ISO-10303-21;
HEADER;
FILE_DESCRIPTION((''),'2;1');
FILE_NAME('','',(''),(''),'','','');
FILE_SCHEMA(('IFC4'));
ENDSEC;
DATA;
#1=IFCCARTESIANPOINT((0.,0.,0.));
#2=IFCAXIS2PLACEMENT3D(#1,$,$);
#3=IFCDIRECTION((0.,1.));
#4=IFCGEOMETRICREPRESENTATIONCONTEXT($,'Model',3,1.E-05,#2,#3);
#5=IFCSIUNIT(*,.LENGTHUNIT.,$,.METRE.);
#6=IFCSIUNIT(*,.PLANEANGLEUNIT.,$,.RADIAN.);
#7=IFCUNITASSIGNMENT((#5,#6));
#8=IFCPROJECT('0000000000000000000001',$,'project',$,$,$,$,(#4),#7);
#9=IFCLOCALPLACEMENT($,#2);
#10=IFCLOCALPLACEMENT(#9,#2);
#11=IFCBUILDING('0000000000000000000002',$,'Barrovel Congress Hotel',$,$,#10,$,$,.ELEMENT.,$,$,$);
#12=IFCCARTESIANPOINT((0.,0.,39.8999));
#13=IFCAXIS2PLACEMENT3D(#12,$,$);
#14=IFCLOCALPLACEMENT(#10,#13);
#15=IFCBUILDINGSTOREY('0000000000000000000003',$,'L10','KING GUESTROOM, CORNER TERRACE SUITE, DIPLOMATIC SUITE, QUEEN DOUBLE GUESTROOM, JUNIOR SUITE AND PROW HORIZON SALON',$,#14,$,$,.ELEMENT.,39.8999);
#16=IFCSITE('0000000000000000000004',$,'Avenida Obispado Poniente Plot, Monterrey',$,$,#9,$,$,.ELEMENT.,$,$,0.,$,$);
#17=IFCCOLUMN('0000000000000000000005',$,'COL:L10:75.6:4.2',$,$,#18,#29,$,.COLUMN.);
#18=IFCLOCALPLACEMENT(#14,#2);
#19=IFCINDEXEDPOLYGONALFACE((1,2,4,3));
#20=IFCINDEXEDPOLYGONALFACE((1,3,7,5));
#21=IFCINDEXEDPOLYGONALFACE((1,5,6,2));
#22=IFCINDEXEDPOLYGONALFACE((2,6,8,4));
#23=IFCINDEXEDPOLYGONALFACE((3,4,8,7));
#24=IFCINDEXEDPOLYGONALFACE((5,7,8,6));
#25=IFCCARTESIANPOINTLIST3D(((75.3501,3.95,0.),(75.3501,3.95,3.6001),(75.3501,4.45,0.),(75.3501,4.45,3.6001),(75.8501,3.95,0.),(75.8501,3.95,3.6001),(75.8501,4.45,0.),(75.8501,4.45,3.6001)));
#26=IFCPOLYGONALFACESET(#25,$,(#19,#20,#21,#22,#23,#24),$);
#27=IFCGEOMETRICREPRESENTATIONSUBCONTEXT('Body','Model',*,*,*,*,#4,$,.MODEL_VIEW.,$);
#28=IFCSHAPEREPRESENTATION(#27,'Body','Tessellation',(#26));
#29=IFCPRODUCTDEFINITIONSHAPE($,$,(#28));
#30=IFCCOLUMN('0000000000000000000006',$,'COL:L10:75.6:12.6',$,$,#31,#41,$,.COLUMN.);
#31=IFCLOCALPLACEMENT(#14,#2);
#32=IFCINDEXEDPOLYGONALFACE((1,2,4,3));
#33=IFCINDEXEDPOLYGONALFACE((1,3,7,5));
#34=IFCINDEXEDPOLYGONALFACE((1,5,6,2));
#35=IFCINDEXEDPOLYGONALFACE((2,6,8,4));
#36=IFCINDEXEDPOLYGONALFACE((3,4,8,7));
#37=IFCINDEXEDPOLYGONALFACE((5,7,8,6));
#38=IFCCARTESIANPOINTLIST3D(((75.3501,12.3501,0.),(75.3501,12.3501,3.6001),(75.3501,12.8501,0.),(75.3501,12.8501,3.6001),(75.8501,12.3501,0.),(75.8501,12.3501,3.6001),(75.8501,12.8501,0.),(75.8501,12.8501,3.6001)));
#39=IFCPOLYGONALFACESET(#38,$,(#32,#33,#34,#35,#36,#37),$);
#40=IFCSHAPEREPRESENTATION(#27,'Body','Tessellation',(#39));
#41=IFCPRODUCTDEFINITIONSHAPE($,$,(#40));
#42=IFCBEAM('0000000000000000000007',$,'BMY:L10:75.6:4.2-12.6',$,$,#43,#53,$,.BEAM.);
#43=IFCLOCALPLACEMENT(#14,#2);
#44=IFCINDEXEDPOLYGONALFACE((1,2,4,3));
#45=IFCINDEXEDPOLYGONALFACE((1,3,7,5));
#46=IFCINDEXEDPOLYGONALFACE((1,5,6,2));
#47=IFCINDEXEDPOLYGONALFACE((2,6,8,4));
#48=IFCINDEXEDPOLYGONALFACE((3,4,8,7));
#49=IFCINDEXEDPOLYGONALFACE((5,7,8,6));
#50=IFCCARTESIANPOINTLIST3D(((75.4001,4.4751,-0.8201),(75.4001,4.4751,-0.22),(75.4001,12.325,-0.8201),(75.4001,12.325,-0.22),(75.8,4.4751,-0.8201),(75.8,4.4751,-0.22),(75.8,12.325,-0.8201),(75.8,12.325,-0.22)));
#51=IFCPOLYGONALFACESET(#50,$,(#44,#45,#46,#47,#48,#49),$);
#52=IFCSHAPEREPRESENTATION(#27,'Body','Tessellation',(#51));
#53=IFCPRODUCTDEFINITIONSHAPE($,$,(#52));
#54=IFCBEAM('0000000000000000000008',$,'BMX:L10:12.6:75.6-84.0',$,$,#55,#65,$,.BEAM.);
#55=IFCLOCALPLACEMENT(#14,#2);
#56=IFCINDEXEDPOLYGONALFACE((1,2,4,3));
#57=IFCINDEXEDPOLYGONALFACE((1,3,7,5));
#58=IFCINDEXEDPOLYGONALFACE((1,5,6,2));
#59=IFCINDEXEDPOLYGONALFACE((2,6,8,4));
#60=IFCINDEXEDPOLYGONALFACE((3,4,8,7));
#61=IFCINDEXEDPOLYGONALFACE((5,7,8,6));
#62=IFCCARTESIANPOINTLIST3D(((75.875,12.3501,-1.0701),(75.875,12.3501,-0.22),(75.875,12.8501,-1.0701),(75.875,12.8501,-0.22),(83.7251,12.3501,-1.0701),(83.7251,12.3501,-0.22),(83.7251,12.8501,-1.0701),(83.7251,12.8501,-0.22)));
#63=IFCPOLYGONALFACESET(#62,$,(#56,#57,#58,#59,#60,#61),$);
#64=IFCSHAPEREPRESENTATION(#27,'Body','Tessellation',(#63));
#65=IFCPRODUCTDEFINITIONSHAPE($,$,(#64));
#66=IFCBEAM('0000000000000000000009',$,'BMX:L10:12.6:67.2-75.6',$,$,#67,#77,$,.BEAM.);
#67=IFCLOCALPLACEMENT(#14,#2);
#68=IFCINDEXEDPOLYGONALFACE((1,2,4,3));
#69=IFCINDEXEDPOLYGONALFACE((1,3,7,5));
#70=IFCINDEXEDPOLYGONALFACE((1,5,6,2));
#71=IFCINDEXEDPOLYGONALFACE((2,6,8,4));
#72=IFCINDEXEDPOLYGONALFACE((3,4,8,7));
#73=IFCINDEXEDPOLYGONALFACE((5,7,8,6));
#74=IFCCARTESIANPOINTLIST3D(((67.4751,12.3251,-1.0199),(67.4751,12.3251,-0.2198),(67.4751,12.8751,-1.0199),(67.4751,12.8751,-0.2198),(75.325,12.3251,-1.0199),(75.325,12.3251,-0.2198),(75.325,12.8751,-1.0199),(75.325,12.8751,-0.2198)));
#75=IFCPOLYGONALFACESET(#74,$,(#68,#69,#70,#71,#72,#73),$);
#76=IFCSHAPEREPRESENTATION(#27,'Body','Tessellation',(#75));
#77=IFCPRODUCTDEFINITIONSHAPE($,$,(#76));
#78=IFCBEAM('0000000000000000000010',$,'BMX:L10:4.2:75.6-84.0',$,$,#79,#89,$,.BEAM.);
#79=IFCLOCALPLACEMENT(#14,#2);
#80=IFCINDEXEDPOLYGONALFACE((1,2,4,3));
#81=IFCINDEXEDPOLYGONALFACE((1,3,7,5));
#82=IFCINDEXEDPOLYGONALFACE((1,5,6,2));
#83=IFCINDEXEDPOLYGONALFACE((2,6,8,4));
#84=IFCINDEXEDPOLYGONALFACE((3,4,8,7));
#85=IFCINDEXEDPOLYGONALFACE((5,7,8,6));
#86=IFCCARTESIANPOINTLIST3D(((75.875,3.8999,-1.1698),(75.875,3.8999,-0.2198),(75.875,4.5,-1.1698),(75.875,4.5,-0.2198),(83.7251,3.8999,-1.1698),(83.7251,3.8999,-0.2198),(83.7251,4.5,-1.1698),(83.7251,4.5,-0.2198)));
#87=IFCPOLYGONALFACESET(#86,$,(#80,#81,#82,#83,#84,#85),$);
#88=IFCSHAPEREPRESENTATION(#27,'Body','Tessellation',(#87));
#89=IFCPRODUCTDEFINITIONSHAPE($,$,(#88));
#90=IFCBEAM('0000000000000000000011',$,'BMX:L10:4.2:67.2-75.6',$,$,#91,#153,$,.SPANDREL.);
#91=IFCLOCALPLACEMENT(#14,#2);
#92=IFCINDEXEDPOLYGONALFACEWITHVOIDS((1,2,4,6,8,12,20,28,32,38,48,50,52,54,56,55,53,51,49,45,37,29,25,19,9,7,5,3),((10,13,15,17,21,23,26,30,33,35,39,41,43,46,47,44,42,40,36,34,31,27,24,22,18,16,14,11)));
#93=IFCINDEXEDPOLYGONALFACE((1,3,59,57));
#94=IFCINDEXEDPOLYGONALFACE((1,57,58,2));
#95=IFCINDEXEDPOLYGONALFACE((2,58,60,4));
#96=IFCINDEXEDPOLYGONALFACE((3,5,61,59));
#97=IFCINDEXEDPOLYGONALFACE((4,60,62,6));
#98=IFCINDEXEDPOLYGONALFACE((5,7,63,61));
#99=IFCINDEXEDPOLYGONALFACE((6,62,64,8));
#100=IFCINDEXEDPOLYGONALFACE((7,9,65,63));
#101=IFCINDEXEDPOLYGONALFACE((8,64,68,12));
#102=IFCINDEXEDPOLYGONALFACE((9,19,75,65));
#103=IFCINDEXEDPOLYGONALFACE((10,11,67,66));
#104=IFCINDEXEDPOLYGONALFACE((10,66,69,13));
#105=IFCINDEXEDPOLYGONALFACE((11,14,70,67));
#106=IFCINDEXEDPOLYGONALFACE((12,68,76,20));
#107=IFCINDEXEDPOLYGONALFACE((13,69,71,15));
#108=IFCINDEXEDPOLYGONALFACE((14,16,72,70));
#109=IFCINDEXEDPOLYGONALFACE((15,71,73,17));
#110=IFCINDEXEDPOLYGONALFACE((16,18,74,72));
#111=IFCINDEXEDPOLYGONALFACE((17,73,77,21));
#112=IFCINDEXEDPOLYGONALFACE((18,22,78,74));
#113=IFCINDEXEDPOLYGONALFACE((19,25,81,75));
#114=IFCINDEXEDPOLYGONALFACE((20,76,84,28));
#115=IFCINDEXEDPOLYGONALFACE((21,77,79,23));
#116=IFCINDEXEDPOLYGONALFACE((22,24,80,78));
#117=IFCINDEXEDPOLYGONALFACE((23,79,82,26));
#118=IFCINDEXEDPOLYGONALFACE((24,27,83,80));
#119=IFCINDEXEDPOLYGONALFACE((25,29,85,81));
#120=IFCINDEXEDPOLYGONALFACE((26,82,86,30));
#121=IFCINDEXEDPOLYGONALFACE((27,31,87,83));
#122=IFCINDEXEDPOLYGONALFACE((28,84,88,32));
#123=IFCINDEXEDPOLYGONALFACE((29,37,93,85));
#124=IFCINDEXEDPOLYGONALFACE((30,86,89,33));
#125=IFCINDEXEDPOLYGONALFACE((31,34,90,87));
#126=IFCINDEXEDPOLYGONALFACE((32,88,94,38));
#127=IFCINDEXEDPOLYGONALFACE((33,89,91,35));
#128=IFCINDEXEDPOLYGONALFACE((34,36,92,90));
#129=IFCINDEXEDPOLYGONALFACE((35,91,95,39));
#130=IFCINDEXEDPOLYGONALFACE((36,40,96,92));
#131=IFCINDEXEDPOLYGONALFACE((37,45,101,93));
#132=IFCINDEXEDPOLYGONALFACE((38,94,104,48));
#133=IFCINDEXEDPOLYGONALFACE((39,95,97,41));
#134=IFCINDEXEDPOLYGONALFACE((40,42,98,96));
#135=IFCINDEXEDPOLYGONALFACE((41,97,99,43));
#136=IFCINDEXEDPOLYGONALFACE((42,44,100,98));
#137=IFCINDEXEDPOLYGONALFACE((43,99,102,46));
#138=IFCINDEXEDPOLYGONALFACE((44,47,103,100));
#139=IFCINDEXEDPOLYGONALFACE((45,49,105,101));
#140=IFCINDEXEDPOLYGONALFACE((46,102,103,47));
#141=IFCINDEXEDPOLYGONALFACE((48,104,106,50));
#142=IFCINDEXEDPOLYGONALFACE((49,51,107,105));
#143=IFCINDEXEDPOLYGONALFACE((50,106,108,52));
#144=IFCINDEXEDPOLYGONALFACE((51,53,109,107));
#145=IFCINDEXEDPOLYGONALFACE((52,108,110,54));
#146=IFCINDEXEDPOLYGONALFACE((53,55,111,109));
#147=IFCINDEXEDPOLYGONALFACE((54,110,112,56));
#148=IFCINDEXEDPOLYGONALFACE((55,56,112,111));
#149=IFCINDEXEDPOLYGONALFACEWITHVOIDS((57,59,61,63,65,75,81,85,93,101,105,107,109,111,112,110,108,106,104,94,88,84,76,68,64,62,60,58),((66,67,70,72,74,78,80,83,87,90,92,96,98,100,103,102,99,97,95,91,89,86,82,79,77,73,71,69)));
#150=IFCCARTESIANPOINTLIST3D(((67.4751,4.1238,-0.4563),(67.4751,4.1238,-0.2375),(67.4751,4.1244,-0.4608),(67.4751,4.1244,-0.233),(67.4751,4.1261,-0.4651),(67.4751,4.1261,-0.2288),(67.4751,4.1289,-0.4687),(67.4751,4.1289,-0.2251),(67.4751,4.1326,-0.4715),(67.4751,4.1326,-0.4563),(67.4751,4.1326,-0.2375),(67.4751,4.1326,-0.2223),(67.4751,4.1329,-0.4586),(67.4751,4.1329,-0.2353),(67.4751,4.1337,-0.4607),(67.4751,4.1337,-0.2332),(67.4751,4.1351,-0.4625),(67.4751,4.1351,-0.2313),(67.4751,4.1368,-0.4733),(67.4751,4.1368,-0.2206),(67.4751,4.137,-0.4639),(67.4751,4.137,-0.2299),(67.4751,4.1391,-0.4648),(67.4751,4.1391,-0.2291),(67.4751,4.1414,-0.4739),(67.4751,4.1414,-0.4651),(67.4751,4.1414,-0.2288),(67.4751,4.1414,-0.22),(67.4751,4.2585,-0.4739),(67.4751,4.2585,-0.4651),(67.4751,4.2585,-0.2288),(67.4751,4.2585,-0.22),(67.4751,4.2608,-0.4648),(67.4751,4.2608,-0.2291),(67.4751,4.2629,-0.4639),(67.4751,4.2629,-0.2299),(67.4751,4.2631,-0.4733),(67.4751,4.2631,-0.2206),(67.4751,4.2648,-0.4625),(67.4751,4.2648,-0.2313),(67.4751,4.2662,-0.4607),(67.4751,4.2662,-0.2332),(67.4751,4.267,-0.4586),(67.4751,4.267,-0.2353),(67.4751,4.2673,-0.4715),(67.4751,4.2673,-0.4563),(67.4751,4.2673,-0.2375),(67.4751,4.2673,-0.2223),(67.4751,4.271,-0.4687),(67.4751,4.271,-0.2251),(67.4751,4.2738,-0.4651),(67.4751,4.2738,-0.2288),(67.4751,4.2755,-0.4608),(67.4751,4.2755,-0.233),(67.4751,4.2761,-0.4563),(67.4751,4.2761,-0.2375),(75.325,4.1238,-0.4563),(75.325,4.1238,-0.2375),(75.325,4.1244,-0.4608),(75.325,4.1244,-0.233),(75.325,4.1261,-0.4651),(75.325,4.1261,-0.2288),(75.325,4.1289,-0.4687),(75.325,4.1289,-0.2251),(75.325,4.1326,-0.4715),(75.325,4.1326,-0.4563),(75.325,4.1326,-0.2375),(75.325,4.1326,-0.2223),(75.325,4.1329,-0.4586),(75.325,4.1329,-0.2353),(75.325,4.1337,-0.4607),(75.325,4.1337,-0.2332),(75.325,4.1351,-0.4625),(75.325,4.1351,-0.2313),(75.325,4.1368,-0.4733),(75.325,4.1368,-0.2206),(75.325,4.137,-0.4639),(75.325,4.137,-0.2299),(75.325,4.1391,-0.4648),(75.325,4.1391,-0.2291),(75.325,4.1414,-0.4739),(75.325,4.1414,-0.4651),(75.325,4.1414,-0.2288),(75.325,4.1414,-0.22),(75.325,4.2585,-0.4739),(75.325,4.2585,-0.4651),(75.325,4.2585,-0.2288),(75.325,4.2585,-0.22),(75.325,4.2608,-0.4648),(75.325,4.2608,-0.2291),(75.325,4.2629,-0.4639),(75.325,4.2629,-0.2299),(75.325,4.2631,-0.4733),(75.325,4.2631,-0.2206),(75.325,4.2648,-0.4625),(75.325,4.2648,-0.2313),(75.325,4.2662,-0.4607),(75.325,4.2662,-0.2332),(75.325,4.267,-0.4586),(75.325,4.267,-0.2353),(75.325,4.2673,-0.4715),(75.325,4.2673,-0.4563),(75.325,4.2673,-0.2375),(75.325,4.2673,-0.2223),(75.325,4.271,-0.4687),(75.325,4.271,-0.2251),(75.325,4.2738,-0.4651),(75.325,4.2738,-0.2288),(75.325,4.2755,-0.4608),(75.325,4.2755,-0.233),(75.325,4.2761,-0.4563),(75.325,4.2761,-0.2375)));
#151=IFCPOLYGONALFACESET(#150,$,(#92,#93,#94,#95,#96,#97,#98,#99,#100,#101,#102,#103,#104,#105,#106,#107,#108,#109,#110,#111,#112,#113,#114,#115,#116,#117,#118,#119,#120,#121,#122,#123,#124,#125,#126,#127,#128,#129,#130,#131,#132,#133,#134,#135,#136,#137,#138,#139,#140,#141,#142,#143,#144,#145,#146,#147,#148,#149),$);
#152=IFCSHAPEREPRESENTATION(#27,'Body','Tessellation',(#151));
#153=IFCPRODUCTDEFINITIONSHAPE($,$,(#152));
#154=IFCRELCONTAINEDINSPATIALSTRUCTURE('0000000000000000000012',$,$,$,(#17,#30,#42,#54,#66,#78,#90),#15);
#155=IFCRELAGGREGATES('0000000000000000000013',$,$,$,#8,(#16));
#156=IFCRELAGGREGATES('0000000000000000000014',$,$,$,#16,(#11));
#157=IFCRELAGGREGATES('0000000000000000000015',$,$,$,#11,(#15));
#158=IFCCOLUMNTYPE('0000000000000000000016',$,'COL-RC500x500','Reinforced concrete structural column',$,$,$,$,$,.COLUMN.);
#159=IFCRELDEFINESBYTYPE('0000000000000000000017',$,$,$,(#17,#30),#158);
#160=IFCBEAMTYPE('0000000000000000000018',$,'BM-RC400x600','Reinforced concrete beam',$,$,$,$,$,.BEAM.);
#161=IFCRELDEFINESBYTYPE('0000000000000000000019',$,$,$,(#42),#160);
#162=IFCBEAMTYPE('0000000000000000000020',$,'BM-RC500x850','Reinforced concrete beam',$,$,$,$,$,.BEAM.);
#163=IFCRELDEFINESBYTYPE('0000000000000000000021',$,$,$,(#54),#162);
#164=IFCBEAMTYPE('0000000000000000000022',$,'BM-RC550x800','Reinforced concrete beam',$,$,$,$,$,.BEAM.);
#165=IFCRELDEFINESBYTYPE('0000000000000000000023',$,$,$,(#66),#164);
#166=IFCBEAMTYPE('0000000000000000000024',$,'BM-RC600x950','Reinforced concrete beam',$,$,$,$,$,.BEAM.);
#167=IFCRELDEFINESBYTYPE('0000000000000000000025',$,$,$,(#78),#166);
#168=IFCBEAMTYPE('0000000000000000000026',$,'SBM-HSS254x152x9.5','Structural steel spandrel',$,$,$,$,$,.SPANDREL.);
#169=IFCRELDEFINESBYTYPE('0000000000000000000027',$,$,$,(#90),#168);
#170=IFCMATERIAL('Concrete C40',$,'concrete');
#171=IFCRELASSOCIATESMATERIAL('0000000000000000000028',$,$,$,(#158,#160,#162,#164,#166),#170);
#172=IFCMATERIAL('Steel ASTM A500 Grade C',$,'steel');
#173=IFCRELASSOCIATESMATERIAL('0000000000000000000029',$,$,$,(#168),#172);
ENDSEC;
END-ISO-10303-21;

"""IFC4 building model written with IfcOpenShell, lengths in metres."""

from ifc_helpers import new_model, si_unit, direction, frame, origin, origin_2d, place, context, subcontext, project, spatial, rectangle, hollow_rectangle, extrude, material, material_profile, profile_set, type_object, element, save


model = new_model("IFC4")

# Units and contexts
model_context = context("Model", 3, precision=1e-05, world=origin(), true_north=direction((0.0, 1.0)))
body_context = subcontext(model_context, "Body", "Model", "MODEL_VIEW")
ifc_project = project(units=[si_unit("LENGTHUNIT", "METRE"), si_unit("PLANEANGLEUNIT", "RADIAN")], contexts=[model_context])

# Site, building, storey
site_placement = place(None, origin())
site = spatial("IfcSite", under=ifc_project, at=site_placement, Name="Avenida Obispado Poniente Plot, Monterrey", CompositionType="ELEMENT", RefElevation=0.0)
building_placement = place(site_placement, origin())
building = spatial("IfcBuilding", under=site, at=building_placement, Name="Barrovel Congress Hotel", CompositionType="ELEMENT")
storey_placement = place(building_placement, frame((0.0, 0.0, 39.8999)))
storey = spatial("IfcBuildingStorey", under=building, at=storey_placement, Name="L10", Description="KING GUESTROOM, CORNER TERRACE SUITE, DIPLOMATIC SUITE, QUEEN DOUBLE GUESTROOM, JUNIOR SUITE AND PROW HORIZON SALON", CompositionType="ELEMENT", Elevation=39.8999)

# Columns
ifc_material_1 = material(Name="Concrete C40", Category="concrete")
ifc_material_profile_1 = material_profile(ifc_material_1, rectangle(XDim=0.5, YDim=0.5, at=origin_2d()), Name="RC500x500")
ifc_profile_set_1 = profile_set([ifc_material_profile_1], Name="Concrete C40")
column_type = type_object("IfcColumnType", Name="COL-RC500x500", Description="Reinforced concrete structural column", PredefinedType="COLUMN", material=ifc_profile_set_1)
for number, where, z_axis, x_axis, name in (
    (1, (75.6001, 4.2, 0.0), (0.0, 0.0, 1.0), (1.0, 0.0, 0.0), "COL:L10:75.6:4.2"),
    (2, (75.6001, 12.6001, 0.0), (0.0, 0.0, 1.0), (1.0, 0.0, 0.0), "COL:L10:75.6:12.6"),
):
    element("IfcColumn", number, at=place(storey_placement, frame(where, z_axis=z_axis, x_axis=x_axis)), inside=storey, type_object=column_type, Name=name, PredefinedType="COLUMN", context=body_context, shape_type="SweptSolid", body=[
        extrude(rectangle(XDim=0.5, YDim=0.5, at=origin_2d()), origin(), (0.0, 0.0, 1.0), 3.6001),
    ])

# Beams
ifc_material_profile_2 = material_profile(ifc_material_1, rectangle(XDim=0.3999, YDim=0.6001, at=origin_2d()), Name="RC400x600")
ifc_profile_set_2 = profile_set([ifc_material_profile_2], Name="Concrete C40")
beam_type_1 = type_object("IfcBeamType", Name="BM-RC400x600", Description="Reinforced concrete beam", PredefinedType="BEAM", material=ifc_profile_set_2)
beam_1_placement = place(storey_placement, frame((75.6001, 4.4751, -0.52), z_axis=(0.0, 1.0, 0.0), x_axis=(-1.0, 0.0, 0.0)))
element("IfcBeam", 3, at=beam_1_placement, inside=storey, type_object=beam_type_1, Name="BMY:L10:75.6:4.2-12.6", PredefinedType="BEAM", context=body_context, shape_type="SweptSolid", body=[
    extrude(rectangle(XDim=0.3999, YDim=0.6001, at=origin_2d()), origin(), (0.0, 0.0, 1.0), 7.8499),
])
ifc_material_profile_3 = material_profile(ifc_material_1, rectangle(XDim=0.5, YDim=0.8501, at=origin_2d()), Name="RC500x850")
ifc_profile_set_3 = profile_set([ifc_material_profile_3], Name="Concrete C40")
beam_type_2 = type_object("IfcBeamType", Name="BM-RC500x850", Description="Reinforced concrete beam", PredefinedType="BEAM", material=ifc_profile_set_3)
beam_2_placement = place(storey_placement, frame((75.875, 12.6001, -0.645), z_axis=(1.0, 0.0, 0.0), x_axis=(0.0, 1.0, 0.0)))
element("IfcBeam", 4, at=beam_2_placement, inside=storey, type_object=beam_type_2, Name="BMX:L10:12.6:75.6-84.0", PredefinedType="BEAM", context=body_context, shape_type="SweptSolid", body=[
    extrude(rectangle(XDim=0.5, YDim=0.8501, at=origin_2d()), origin(), (0.0, 0.0, 1.0), 7.8501),
])
ifc_material_profile_4 = material_profile(ifc_material_1, rectangle(XDim=0.55, YDim=0.8, at=origin_2d()), Name="RC550x800")
ifc_profile_set_4 = profile_set([ifc_material_profile_4], Name="Concrete C40")
beam_type_3 = type_object("IfcBeamType", Name="BM-RC550x800", Description="Reinforced concrete beam", PredefinedType="BEAM", material=ifc_profile_set_4)
beam_3_placement = place(storey_placement, frame((67.4751, 12.6001, -0.6199), z_axis=(1.0, 0.0, 0.0), x_axis=(0.0, 1.0, 0.0)))
element("IfcBeam", 5, at=beam_3_placement, inside=storey, type_object=beam_type_3, Name="BMX:L10:12.6:67.2-75.6", PredefinedType="BEAM", context=body_context, shape_type="SweptSolid", body=[
    extrude(rectangle(XDim=0.55, YDim=0.8, at=origin_2d()), origin(), (0.0, 0.0, 1.0), 7.8499),
])
ifc_material_profile_5 = material_profile(ifc_material_1, rectangle(XDim=0.6001, YDim=0.95, at=origin_2d()), Name="RC600x950")
ifc_profile_set_5 = profile_set([ifc_material_profile_5], Name="Concrete C40")
beam_type_4 = type_object("IfcBeamType", Name="BM-RC600x950", Description="Reinforced concrete beam", PredefinedType="BEAM", material=ifc_profile_set_5)
beam_4_placement = place(storey_placement, frame((75.875, 4.2, -0.6948), z_axis=(1.0, 0.0, 0.0), x_axis=(0.0, 1.0, 0.0)))
element("IfcBeam", 6, at=beam_4_placement, inside=storey, type_object=beam_type_4, Name="BMX:L10:4.2:75.6-84.0", PredefinedType="BEAM", context=body_context, shape_type="SweptSolid", body=[
    extrude(rectangle(XDim=0.6001, YDim=0.95, at=origin_2d()), origin(), (0.0, 0.0, 1.0), 7.8501),
])
ifc_material_2 = material(Name="Steel ASTM A500 Grade C", Category="steel")
ifc_material_profile_6 = material_profile(ifc_material_2, hollow_rectangle(XDim=0.1523, YDim=0.2539, WallThickness=0.0088, InnerFilletRadius=0.0088, OuterFilletRadius=0.0176, at=origin_2d()), Name="HSS254x152x9.5")
ifc_profile_set_6 = profile_set([ifc_material_profile_6], Name="Steel ASTM A500 Grade C")
beam_type_5 = type_object("IfcBeamType", Name="SBM-HSS254x152x9.5", Description="Structural steel spandrel", PredefinedType="SPANDREL", material=ifc_profile_set_6)
beam_5_placement = place(storey_placement, frame((67.4751, 4.2, -0.3469), z_axis=(1.0, 0.0, 0.0), x_axis=(0.0, 1.0, 0.0)))
element("IfcBeam", 7, at=beam_5_placement, inside=storey, type_object=beam_type_5, Name="BMX:L10:4.2:67.2-75.6", PredefinedType="SPANDREL", context=body_context, shape_type="SweptSolid", body=[
    extrude(hollow_rectangle(XDim=0.1523, YDim=0.2539, WallThickness=0.0088, InnerFilletRadius=0.0088, OuterFilletRadius=0.0176, at=origin_2d()), origin(), (0.0, 0.0, 1.0), 7.8499),
])

save(model, "model.ifc")
